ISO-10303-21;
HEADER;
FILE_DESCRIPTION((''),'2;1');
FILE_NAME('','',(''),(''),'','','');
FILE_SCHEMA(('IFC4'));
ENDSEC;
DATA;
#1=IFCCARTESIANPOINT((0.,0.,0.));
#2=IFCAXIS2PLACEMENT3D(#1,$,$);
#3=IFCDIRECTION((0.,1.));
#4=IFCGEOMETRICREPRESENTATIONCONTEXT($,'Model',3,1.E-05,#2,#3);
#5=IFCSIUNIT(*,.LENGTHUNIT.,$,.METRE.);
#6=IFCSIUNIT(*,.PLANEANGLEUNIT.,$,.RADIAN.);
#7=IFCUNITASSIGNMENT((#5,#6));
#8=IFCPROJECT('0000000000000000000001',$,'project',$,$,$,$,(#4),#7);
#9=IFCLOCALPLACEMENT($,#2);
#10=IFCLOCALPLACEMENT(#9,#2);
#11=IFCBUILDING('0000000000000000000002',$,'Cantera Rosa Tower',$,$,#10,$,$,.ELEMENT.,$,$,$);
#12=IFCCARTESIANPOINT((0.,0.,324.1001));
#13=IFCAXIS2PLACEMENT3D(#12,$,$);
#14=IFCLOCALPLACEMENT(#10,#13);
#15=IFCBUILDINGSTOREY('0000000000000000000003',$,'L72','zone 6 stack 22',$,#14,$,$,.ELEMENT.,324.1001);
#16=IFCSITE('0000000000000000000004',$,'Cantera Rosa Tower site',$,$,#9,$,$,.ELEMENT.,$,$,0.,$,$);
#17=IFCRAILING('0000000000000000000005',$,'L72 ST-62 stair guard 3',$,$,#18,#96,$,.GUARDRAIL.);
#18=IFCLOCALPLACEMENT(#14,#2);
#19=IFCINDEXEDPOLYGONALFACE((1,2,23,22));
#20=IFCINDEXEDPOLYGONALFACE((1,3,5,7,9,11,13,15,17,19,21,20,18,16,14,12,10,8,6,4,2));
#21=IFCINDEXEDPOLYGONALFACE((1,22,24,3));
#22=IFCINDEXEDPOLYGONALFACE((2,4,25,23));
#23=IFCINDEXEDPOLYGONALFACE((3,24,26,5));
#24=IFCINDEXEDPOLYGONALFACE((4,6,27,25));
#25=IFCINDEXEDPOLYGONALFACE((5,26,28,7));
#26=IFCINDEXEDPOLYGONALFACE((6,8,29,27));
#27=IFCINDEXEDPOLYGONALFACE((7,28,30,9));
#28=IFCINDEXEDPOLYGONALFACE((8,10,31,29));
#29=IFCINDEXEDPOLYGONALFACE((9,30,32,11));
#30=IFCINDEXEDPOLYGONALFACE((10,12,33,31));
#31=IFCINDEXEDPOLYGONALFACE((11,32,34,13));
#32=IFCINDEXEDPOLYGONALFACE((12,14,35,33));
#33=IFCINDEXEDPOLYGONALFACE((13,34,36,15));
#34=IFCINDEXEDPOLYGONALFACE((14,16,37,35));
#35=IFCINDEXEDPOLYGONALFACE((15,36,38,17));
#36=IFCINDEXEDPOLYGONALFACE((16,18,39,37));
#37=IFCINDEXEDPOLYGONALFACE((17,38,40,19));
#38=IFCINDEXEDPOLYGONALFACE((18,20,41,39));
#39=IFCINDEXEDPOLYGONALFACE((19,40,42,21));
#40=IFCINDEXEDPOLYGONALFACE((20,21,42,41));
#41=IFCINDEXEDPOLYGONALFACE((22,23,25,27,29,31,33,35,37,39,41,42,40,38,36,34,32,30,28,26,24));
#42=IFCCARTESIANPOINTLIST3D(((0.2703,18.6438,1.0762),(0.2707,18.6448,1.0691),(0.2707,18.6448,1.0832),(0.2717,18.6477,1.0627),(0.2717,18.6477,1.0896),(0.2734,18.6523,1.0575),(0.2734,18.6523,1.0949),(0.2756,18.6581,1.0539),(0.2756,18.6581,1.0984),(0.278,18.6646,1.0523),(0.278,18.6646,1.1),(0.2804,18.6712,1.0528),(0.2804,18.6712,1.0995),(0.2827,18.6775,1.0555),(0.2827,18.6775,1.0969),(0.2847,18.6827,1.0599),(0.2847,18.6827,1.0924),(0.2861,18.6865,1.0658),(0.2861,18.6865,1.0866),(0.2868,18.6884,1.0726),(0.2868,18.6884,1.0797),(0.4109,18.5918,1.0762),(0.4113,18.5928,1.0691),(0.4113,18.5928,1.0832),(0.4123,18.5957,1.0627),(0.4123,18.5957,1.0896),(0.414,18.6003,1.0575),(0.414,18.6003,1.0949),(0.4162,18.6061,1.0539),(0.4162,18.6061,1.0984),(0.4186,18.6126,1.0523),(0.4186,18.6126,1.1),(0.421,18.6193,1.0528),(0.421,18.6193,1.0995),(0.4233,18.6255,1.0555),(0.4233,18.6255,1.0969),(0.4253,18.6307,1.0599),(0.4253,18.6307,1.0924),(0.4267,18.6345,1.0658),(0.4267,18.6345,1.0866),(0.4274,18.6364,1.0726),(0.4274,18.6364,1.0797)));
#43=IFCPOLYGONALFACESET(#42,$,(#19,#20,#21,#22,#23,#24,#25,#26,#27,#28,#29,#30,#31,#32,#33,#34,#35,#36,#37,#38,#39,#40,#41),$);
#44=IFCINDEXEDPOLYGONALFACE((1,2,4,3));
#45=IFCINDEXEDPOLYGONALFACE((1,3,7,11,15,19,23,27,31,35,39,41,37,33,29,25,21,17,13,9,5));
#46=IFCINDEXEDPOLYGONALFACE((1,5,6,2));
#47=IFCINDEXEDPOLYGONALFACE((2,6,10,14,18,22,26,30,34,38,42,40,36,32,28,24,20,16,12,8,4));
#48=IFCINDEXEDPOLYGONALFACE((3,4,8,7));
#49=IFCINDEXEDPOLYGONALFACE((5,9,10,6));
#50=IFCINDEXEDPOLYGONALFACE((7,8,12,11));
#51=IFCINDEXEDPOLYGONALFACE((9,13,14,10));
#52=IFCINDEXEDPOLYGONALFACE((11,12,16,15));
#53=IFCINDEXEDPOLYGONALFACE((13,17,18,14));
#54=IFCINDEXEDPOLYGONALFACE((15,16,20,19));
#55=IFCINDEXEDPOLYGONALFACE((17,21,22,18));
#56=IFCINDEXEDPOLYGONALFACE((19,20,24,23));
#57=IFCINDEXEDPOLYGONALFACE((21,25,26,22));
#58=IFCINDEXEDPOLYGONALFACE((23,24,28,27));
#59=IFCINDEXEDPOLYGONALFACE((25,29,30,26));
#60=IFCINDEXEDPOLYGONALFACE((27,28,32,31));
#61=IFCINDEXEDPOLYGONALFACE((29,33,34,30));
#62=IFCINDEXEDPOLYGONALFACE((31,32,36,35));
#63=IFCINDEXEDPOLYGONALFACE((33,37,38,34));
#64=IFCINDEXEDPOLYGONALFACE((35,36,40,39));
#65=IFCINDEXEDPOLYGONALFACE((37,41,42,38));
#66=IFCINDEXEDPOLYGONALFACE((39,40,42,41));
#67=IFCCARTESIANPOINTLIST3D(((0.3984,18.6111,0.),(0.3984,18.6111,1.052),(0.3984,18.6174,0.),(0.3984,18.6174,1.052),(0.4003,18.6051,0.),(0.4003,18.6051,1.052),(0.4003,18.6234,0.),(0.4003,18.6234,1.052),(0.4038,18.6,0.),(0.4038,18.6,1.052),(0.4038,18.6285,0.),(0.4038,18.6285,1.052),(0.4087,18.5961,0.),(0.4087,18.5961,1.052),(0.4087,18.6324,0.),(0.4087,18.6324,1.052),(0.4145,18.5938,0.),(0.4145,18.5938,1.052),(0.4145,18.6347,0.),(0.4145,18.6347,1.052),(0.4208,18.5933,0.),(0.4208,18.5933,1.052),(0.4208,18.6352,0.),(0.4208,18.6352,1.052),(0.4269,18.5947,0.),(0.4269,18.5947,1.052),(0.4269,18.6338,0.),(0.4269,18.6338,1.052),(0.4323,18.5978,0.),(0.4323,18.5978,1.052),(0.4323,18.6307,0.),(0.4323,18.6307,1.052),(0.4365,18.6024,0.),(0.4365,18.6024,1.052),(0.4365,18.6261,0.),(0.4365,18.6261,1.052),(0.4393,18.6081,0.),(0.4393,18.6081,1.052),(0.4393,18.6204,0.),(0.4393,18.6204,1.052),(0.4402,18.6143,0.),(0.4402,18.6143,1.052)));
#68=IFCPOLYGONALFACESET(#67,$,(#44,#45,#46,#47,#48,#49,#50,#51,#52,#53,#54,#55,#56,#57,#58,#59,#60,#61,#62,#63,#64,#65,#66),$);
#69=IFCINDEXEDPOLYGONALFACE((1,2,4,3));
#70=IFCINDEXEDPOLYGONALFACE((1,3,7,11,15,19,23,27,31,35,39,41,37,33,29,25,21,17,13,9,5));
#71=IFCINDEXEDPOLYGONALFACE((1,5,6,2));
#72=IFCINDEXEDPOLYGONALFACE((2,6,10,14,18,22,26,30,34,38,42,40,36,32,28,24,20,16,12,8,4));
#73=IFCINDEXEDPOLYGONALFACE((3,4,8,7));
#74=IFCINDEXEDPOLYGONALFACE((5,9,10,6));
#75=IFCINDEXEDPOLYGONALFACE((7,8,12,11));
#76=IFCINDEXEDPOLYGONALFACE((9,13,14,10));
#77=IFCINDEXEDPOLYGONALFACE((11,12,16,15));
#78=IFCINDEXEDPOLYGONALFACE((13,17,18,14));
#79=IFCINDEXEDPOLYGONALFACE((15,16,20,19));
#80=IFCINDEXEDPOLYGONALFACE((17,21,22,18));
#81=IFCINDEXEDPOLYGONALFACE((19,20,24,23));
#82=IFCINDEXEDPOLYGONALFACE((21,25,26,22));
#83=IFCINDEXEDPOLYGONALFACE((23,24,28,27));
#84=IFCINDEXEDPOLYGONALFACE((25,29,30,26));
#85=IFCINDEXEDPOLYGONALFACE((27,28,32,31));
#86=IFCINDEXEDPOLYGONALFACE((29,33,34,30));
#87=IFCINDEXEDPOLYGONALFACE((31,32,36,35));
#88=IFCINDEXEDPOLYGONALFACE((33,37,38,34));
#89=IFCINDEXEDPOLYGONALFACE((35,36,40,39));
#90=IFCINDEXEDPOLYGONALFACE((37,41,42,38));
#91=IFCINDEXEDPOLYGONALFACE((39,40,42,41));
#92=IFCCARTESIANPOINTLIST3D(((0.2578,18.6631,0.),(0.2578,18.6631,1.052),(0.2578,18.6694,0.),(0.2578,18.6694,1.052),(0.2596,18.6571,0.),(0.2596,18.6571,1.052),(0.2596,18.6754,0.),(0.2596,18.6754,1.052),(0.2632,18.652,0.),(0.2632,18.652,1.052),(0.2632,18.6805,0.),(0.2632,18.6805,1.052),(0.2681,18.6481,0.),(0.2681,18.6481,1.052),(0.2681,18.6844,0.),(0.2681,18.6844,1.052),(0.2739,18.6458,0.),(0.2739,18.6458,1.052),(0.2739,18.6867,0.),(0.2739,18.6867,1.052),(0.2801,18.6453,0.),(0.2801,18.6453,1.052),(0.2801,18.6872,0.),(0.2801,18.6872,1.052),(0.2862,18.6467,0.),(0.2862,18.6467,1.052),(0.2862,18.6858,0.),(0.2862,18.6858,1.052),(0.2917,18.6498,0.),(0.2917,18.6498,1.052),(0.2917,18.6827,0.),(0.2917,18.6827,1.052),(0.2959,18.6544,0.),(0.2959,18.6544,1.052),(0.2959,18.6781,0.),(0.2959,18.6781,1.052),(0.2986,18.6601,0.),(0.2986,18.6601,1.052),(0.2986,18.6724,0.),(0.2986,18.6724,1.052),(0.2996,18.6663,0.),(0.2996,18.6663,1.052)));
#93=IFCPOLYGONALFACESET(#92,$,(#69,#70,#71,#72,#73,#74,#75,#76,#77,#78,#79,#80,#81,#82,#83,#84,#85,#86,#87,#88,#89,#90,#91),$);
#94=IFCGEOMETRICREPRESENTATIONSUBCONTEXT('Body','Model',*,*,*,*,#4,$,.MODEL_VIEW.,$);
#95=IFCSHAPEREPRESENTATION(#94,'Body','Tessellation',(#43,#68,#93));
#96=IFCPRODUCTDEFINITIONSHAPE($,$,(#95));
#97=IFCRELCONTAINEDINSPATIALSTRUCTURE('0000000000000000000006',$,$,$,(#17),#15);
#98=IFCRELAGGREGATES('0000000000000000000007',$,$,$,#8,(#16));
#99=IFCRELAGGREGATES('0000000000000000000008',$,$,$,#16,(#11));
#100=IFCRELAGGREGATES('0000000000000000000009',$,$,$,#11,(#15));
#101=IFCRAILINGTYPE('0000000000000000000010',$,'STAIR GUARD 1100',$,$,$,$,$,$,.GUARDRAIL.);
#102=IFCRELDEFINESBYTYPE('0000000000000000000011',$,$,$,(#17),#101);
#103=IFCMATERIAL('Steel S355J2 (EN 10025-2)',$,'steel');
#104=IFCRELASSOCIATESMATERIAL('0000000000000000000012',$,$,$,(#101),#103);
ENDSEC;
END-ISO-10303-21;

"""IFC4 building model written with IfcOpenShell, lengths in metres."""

from ifc_helpers import new_model, si_unit, direction, frame, origin, origin_2d, place, context, subcontext, project, spatial, circle, extrude, material, type_object, element, save


model = new_model("IFC4")

# Units and contexts
model_context = context("Model", 3, precision=1e-05, world=origin(), true_north=direction((0.0, 1.0)))
body_context = subcontext(model_context, "Body", "Model", "MODEL_VIEW")
ifc_project = project(units=[si_unit("LENGTHUNIT", "METRE"), si_unit("PLANEANGLEUNIT", "RADIAN")], contexts=[model_context])

# Site, building, storey
site_placement = place(None, origin())
site = spatial("IfcSite", under=ifc_project, at=site_placement, Name="Cantera Rosa Tower site", CompositionType="ELEMENT", RefElevation=0.0)
building_placement = place(site_placement, origin())
building = spatial("IfcBuilding", under=site, at=building_placement, Name="Cantera Rosa Tower", CompositionType="ELEMENT")
storey_placement = place(building_placement, frame((0.0, 0.0, 324.1001)))
storey = spatial("IfcBuildingStorey", under=building, at=storey_placement, Name="L72", Description="zone 6 stack 22", CompositionType="ELEMENT", Elevation=324.1001)

# Railing
ifc_material_1 = material(Name="Steel S355J2 (EN 10025-2)", Category="steel")
railing_type_1 = type_object("IfcRailingType", Name="STAIR GUARD 1100", PredefinedType="GUARDRAIL", material=ifc_material_1)
railing_1_placement = place(storey_placement, frame((0.4192, 18.6143, 0.0)))
element("IfcRailing", 1, at=railing_1_placement, inside=storey, type_object=railing_type_1, Name="L72 ST-62 stair guard 3", PredefinedType="GUARDRAIL", context=body_context, shape_type="SweptSolid", body=[
    extrude(circle(Radius=0.0239, at=origin_2d()), frame((0.0, 0.0, 1.0762), z_axis=(-0.937925, 0.346837, 0.0), x_axis=(-0.346837, -0.937925, 0.0)), (0.0, 0.0, 1.0), 0.1499),
    extrude(circle(Radius=0.021, at=origin_2d()), origin(), (0.0, 0.0, 1.0), 1.052),
    extrude(circle(Radius=0.021, at=origin_2d()), frame((-0.1406, 0.052, 0.0)), (0.0, 0.0, 1.0), 1.052),
])

save(model, "model.ifc")
